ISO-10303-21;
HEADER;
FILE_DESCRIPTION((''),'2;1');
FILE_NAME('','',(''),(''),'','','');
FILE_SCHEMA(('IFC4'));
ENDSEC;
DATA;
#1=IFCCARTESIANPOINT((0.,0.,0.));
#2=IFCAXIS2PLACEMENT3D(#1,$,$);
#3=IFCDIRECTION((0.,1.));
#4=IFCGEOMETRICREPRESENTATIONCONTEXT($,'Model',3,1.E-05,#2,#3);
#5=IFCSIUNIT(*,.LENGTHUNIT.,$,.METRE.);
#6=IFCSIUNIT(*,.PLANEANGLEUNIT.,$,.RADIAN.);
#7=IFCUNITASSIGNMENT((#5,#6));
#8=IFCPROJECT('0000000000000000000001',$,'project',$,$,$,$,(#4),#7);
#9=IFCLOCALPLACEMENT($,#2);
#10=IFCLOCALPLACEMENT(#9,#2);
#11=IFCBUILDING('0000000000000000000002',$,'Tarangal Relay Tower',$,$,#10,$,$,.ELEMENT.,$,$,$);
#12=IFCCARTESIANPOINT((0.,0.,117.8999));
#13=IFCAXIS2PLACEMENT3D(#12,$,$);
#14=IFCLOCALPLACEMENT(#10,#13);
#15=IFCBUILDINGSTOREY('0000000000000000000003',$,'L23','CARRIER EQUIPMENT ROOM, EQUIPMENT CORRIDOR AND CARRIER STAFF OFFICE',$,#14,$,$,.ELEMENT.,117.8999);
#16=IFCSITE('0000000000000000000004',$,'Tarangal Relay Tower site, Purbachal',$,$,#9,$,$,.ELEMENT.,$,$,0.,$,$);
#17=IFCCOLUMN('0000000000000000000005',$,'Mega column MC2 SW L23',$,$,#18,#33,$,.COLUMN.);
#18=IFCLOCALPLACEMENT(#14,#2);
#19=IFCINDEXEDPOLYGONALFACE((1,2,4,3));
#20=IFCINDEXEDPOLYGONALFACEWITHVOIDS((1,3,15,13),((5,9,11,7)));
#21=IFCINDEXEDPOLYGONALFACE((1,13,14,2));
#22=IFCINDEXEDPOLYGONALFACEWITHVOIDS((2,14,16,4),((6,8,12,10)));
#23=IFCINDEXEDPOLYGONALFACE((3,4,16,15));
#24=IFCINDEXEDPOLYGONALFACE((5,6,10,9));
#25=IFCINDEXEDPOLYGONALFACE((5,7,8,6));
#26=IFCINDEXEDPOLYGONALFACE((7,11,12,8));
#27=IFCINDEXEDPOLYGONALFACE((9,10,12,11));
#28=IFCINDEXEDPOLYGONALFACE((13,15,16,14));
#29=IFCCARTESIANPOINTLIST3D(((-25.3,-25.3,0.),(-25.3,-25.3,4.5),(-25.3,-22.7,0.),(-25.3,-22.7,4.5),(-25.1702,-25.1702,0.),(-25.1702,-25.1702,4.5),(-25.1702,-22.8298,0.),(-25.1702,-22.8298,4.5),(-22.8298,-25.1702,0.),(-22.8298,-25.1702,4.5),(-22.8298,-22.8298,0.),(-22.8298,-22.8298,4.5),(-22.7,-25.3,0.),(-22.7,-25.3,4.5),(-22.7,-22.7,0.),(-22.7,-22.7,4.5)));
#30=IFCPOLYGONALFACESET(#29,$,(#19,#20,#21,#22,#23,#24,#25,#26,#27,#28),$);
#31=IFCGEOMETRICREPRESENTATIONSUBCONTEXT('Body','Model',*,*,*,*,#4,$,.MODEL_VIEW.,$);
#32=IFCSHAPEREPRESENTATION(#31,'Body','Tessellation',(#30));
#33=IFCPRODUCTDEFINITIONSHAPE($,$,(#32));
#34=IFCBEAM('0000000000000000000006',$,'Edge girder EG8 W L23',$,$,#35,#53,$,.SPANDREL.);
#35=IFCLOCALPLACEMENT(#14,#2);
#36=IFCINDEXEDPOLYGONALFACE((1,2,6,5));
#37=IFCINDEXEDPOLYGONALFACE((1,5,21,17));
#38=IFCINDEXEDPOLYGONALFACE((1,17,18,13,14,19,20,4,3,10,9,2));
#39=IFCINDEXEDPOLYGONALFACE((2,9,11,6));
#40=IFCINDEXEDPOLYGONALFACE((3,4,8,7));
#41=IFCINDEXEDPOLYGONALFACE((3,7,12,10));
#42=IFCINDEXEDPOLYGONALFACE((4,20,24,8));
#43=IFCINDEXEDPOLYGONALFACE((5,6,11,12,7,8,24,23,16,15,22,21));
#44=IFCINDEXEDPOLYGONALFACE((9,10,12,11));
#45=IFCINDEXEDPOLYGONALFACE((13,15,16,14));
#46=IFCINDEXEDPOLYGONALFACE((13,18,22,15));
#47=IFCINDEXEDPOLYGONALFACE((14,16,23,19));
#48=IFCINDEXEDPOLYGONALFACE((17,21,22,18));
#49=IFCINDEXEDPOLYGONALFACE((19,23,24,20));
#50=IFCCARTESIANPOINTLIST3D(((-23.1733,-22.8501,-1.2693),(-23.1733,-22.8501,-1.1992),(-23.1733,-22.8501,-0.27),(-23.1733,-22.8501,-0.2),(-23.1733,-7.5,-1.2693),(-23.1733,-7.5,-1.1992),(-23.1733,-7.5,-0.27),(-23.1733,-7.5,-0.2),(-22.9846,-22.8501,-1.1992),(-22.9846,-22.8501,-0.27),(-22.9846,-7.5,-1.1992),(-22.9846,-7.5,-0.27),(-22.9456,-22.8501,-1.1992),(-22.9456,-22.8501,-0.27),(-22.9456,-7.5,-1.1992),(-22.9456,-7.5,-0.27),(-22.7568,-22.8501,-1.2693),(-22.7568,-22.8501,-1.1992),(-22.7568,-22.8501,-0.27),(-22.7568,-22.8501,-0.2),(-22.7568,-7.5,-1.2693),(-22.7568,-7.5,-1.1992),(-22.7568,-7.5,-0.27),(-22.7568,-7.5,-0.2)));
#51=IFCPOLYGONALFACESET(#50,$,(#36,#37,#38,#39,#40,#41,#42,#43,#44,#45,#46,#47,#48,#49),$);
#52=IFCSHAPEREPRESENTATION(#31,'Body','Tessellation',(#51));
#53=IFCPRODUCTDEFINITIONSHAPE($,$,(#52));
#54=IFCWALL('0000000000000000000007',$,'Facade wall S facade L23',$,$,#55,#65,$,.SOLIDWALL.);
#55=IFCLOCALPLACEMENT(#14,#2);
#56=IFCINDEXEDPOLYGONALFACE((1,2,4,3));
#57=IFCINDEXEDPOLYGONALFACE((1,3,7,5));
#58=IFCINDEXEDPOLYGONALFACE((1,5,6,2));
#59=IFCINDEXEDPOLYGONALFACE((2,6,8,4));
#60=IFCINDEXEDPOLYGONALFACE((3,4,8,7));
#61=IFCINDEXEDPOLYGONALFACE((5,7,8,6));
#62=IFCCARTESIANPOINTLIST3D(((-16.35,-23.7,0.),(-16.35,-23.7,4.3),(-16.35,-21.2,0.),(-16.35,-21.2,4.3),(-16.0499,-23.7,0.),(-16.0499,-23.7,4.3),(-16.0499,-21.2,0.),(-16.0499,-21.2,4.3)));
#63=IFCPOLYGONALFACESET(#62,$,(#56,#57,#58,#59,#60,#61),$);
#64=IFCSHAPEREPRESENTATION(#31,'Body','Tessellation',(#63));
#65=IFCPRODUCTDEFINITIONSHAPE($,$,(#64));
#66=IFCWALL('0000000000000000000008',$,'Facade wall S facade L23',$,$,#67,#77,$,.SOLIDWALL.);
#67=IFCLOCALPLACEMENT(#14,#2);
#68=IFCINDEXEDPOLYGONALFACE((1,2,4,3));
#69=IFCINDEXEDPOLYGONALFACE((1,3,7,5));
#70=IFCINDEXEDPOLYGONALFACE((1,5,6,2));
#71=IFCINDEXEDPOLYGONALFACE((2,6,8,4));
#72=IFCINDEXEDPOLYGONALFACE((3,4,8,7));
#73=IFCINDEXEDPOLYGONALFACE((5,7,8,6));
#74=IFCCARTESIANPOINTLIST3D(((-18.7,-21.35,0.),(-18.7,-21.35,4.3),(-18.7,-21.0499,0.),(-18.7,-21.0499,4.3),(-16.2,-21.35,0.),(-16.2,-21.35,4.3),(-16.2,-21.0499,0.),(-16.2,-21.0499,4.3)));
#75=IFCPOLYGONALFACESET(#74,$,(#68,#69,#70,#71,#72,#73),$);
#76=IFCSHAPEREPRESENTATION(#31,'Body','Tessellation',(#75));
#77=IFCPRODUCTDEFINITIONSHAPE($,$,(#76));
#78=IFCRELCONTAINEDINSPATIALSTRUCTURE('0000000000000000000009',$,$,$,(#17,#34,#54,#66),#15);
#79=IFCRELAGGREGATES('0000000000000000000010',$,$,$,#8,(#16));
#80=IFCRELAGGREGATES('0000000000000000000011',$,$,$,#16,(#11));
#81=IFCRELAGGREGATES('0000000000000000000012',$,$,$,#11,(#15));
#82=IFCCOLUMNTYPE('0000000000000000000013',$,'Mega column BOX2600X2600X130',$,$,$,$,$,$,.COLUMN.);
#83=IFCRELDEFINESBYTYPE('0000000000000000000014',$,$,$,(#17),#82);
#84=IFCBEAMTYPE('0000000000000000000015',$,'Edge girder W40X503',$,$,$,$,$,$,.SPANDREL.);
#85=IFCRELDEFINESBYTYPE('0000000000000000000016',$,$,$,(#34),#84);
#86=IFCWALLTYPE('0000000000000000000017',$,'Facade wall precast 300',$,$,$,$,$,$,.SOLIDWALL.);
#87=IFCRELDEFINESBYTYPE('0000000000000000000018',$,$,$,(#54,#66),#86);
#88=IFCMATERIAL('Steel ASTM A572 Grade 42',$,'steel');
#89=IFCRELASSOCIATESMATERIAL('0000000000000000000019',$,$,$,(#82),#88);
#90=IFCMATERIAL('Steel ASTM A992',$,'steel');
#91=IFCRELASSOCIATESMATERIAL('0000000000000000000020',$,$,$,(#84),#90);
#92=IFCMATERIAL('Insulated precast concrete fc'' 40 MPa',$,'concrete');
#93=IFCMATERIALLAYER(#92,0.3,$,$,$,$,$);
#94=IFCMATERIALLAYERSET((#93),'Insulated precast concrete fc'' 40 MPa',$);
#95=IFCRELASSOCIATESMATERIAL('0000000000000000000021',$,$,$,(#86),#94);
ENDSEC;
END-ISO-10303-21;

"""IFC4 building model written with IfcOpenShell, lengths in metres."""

from ifc_helpers import new_model, si_unit, direction, frame, frame_2d, origin, origin_2d, place, context, subcontext, project, spatial, rectangle, hollow_rectangle, i_section, extrude, material, layer, layer_set, material_profile, profile_set, type_object, element, save


model = new_model("IFC4")

# Units and contexts
model_context = context("Model", 3, precision=1e-05, world=origin(), true_north=direction((0.0, 1.0)))
body_context = subcontext(model_context, "Body", "Model", "MODEL_VIEW")
ifc_project = project(units=[si_unit("LENGTHUNIT", "METRE"), si_unit("PLANEANGLEUNIT", "RADIAN")], contexts=[model_context])

# Site, building, storey
site_placement = place(None, origin())
site = spatial("IfcSite", under=ifc_project, at=site_placement, Name="Tarangal Relay Tower site, Purbachal", CompositionType="ELEMENT", RefElevation=0.0)
building_placement = place(site_placement, origin())
building = spatial("IfcBuilding", under=site, at=building_placement, Name="Tarangal Relay Tower", CompositionType="ELEMENT")
storey_placement = place(building_placement, frame((0.0, 0.0, 117.8999)))
storey = spatial("IfcBuildingStorey", under=building, at=storey_placement, Name="L23", Description="CARRIER EQUIPMENT ROOM, EQUIPMENT CORRIDOR AND CARRIER STAFF OFFICE", CompositionType="ELEMENT", Elevation=117.8999)

# Column
ifc_material_1 = material(Name="Steel ASTM A572 Grade 42", Category="steel")
ifc_material_profile_1 = material_profile(ifc_material_1, hollow_rectangle(XDim=2.6001, YDim=2.6001, WallThickness=0.1299, at=origin_2d()), Name="BOX2600X2600X130")
ifc_profile_set_1 = profile_set([ifc_material_profile_1], Name="Steel ASTM A572 Grade 42")
column_type = type_object("IfcColumnType", Name="Mega column BOX2600X2600X130", PredefinedType="COLUMN", material=ifc_profile_set_1)
column_placement = place(storey_placement, frame((-24.0, -24.0, 0.0), z_axis=(0.0, 0.0, 1.0), x_axis=(1.0, 0.0, 0.0)))
element("IfcColumn", 1, at=column_placement, inside=storey, type_object=column_type, Name="Mega column MC2 SW L23", PredefinedType="COLUMN", context=body_context, shape_type="SweptSolid", body=[
    extrude(hollow_rectangle(XDim=2.6001, YDim=2.6001, WallThickness=0.1299, at=origin_2d()), origin(), (0.0, 0.0, 1.0), 4.5),
])

# Beam
ifc_material_2 = material(Name="Steel ASTM A992", Category="steel")
ifc_material_profile_2 = material_profile(ifc_material_2, i_section(OverallWidth=0.4165, OverallDepth=1.0693, WebThickness=0.0391, FlangeThickness=0.0701, at=origin_2d()), Name="W40X503")
ifc_profile_set_2 = profile_set([ifc_material_profile_2], Name="Steel ASTM A992")
beam_type = type_object("IfcBeamType", Name="Edge girder W40X503", PredefinedType="SPANDREL", material=ifc_profile_set_2)
beam_placement = place(storey_placement, frame((-22.9651, -22.8501, -0.7346), z_axis=(0.0, 1.0, 0.0), x_axis=(-1.0, 0.0, 0.0)))
element("IfcBeam", 2, at=beam_placement, inside=storey, type_object=beam_type, Name="Edge girder EG8 W L23", PredefinedType="SPANDREL", context=body_context, shape_type="SweptSolid", body=[
    extrude(i_section(OverallWidth=0.4165, OverallDepth=1.0693, WebThickness=0.0391, FlangeThickness=0.0701, at=origin_2d()), origin(), (0.0, 0.0, 1.0), 15.3501),
])

# Walls
ifc_material_3 = material(Name="Insulated precast concrete fc' 40 MPa", Category="concrete")
ifc_layer = layer(ifc_material_3, 0.3)
ifc_layer_set = layer_set([ifc_layer], Name="Insulated precast concrete fc' 40 MPa")
wall_type = type_object("IfcWallType", Name="Facade wall precast 300", PredefinedType="SOLIDWALL", material=ifc_layer_set)
for number, where, z_axis, x_axis, name in (
    (3, (-16.2, -23.7, 0.0), (0.0, 0.0, 1.0), (0.0, 1.0, 0.0), "Facade wall S facade L23"),
    (4, (-16.2, -21.2, 0.0), (0.0, 0.0, 1.0), (-1.0, 0.0, 0.0), "Facade wall S facade L23"),
):
    element("IfcWall", number, at=place(storey_placement, frame(where, z_axis=z_axis, x_axis=x_axis)), inside=storey, type_object=wall_type, Name=name, PredefinedType="SOLIDWALL", context=body_context, shape_type="SweptSolid", body=[
        extrude(rectangle(XDim=2.5, YDim=0.3, at=frame_2d((1.25, 0.0))), origin(), (0.0, 0.0, 1.0), 4.3),
    ])

save(model, "model.ifc")
